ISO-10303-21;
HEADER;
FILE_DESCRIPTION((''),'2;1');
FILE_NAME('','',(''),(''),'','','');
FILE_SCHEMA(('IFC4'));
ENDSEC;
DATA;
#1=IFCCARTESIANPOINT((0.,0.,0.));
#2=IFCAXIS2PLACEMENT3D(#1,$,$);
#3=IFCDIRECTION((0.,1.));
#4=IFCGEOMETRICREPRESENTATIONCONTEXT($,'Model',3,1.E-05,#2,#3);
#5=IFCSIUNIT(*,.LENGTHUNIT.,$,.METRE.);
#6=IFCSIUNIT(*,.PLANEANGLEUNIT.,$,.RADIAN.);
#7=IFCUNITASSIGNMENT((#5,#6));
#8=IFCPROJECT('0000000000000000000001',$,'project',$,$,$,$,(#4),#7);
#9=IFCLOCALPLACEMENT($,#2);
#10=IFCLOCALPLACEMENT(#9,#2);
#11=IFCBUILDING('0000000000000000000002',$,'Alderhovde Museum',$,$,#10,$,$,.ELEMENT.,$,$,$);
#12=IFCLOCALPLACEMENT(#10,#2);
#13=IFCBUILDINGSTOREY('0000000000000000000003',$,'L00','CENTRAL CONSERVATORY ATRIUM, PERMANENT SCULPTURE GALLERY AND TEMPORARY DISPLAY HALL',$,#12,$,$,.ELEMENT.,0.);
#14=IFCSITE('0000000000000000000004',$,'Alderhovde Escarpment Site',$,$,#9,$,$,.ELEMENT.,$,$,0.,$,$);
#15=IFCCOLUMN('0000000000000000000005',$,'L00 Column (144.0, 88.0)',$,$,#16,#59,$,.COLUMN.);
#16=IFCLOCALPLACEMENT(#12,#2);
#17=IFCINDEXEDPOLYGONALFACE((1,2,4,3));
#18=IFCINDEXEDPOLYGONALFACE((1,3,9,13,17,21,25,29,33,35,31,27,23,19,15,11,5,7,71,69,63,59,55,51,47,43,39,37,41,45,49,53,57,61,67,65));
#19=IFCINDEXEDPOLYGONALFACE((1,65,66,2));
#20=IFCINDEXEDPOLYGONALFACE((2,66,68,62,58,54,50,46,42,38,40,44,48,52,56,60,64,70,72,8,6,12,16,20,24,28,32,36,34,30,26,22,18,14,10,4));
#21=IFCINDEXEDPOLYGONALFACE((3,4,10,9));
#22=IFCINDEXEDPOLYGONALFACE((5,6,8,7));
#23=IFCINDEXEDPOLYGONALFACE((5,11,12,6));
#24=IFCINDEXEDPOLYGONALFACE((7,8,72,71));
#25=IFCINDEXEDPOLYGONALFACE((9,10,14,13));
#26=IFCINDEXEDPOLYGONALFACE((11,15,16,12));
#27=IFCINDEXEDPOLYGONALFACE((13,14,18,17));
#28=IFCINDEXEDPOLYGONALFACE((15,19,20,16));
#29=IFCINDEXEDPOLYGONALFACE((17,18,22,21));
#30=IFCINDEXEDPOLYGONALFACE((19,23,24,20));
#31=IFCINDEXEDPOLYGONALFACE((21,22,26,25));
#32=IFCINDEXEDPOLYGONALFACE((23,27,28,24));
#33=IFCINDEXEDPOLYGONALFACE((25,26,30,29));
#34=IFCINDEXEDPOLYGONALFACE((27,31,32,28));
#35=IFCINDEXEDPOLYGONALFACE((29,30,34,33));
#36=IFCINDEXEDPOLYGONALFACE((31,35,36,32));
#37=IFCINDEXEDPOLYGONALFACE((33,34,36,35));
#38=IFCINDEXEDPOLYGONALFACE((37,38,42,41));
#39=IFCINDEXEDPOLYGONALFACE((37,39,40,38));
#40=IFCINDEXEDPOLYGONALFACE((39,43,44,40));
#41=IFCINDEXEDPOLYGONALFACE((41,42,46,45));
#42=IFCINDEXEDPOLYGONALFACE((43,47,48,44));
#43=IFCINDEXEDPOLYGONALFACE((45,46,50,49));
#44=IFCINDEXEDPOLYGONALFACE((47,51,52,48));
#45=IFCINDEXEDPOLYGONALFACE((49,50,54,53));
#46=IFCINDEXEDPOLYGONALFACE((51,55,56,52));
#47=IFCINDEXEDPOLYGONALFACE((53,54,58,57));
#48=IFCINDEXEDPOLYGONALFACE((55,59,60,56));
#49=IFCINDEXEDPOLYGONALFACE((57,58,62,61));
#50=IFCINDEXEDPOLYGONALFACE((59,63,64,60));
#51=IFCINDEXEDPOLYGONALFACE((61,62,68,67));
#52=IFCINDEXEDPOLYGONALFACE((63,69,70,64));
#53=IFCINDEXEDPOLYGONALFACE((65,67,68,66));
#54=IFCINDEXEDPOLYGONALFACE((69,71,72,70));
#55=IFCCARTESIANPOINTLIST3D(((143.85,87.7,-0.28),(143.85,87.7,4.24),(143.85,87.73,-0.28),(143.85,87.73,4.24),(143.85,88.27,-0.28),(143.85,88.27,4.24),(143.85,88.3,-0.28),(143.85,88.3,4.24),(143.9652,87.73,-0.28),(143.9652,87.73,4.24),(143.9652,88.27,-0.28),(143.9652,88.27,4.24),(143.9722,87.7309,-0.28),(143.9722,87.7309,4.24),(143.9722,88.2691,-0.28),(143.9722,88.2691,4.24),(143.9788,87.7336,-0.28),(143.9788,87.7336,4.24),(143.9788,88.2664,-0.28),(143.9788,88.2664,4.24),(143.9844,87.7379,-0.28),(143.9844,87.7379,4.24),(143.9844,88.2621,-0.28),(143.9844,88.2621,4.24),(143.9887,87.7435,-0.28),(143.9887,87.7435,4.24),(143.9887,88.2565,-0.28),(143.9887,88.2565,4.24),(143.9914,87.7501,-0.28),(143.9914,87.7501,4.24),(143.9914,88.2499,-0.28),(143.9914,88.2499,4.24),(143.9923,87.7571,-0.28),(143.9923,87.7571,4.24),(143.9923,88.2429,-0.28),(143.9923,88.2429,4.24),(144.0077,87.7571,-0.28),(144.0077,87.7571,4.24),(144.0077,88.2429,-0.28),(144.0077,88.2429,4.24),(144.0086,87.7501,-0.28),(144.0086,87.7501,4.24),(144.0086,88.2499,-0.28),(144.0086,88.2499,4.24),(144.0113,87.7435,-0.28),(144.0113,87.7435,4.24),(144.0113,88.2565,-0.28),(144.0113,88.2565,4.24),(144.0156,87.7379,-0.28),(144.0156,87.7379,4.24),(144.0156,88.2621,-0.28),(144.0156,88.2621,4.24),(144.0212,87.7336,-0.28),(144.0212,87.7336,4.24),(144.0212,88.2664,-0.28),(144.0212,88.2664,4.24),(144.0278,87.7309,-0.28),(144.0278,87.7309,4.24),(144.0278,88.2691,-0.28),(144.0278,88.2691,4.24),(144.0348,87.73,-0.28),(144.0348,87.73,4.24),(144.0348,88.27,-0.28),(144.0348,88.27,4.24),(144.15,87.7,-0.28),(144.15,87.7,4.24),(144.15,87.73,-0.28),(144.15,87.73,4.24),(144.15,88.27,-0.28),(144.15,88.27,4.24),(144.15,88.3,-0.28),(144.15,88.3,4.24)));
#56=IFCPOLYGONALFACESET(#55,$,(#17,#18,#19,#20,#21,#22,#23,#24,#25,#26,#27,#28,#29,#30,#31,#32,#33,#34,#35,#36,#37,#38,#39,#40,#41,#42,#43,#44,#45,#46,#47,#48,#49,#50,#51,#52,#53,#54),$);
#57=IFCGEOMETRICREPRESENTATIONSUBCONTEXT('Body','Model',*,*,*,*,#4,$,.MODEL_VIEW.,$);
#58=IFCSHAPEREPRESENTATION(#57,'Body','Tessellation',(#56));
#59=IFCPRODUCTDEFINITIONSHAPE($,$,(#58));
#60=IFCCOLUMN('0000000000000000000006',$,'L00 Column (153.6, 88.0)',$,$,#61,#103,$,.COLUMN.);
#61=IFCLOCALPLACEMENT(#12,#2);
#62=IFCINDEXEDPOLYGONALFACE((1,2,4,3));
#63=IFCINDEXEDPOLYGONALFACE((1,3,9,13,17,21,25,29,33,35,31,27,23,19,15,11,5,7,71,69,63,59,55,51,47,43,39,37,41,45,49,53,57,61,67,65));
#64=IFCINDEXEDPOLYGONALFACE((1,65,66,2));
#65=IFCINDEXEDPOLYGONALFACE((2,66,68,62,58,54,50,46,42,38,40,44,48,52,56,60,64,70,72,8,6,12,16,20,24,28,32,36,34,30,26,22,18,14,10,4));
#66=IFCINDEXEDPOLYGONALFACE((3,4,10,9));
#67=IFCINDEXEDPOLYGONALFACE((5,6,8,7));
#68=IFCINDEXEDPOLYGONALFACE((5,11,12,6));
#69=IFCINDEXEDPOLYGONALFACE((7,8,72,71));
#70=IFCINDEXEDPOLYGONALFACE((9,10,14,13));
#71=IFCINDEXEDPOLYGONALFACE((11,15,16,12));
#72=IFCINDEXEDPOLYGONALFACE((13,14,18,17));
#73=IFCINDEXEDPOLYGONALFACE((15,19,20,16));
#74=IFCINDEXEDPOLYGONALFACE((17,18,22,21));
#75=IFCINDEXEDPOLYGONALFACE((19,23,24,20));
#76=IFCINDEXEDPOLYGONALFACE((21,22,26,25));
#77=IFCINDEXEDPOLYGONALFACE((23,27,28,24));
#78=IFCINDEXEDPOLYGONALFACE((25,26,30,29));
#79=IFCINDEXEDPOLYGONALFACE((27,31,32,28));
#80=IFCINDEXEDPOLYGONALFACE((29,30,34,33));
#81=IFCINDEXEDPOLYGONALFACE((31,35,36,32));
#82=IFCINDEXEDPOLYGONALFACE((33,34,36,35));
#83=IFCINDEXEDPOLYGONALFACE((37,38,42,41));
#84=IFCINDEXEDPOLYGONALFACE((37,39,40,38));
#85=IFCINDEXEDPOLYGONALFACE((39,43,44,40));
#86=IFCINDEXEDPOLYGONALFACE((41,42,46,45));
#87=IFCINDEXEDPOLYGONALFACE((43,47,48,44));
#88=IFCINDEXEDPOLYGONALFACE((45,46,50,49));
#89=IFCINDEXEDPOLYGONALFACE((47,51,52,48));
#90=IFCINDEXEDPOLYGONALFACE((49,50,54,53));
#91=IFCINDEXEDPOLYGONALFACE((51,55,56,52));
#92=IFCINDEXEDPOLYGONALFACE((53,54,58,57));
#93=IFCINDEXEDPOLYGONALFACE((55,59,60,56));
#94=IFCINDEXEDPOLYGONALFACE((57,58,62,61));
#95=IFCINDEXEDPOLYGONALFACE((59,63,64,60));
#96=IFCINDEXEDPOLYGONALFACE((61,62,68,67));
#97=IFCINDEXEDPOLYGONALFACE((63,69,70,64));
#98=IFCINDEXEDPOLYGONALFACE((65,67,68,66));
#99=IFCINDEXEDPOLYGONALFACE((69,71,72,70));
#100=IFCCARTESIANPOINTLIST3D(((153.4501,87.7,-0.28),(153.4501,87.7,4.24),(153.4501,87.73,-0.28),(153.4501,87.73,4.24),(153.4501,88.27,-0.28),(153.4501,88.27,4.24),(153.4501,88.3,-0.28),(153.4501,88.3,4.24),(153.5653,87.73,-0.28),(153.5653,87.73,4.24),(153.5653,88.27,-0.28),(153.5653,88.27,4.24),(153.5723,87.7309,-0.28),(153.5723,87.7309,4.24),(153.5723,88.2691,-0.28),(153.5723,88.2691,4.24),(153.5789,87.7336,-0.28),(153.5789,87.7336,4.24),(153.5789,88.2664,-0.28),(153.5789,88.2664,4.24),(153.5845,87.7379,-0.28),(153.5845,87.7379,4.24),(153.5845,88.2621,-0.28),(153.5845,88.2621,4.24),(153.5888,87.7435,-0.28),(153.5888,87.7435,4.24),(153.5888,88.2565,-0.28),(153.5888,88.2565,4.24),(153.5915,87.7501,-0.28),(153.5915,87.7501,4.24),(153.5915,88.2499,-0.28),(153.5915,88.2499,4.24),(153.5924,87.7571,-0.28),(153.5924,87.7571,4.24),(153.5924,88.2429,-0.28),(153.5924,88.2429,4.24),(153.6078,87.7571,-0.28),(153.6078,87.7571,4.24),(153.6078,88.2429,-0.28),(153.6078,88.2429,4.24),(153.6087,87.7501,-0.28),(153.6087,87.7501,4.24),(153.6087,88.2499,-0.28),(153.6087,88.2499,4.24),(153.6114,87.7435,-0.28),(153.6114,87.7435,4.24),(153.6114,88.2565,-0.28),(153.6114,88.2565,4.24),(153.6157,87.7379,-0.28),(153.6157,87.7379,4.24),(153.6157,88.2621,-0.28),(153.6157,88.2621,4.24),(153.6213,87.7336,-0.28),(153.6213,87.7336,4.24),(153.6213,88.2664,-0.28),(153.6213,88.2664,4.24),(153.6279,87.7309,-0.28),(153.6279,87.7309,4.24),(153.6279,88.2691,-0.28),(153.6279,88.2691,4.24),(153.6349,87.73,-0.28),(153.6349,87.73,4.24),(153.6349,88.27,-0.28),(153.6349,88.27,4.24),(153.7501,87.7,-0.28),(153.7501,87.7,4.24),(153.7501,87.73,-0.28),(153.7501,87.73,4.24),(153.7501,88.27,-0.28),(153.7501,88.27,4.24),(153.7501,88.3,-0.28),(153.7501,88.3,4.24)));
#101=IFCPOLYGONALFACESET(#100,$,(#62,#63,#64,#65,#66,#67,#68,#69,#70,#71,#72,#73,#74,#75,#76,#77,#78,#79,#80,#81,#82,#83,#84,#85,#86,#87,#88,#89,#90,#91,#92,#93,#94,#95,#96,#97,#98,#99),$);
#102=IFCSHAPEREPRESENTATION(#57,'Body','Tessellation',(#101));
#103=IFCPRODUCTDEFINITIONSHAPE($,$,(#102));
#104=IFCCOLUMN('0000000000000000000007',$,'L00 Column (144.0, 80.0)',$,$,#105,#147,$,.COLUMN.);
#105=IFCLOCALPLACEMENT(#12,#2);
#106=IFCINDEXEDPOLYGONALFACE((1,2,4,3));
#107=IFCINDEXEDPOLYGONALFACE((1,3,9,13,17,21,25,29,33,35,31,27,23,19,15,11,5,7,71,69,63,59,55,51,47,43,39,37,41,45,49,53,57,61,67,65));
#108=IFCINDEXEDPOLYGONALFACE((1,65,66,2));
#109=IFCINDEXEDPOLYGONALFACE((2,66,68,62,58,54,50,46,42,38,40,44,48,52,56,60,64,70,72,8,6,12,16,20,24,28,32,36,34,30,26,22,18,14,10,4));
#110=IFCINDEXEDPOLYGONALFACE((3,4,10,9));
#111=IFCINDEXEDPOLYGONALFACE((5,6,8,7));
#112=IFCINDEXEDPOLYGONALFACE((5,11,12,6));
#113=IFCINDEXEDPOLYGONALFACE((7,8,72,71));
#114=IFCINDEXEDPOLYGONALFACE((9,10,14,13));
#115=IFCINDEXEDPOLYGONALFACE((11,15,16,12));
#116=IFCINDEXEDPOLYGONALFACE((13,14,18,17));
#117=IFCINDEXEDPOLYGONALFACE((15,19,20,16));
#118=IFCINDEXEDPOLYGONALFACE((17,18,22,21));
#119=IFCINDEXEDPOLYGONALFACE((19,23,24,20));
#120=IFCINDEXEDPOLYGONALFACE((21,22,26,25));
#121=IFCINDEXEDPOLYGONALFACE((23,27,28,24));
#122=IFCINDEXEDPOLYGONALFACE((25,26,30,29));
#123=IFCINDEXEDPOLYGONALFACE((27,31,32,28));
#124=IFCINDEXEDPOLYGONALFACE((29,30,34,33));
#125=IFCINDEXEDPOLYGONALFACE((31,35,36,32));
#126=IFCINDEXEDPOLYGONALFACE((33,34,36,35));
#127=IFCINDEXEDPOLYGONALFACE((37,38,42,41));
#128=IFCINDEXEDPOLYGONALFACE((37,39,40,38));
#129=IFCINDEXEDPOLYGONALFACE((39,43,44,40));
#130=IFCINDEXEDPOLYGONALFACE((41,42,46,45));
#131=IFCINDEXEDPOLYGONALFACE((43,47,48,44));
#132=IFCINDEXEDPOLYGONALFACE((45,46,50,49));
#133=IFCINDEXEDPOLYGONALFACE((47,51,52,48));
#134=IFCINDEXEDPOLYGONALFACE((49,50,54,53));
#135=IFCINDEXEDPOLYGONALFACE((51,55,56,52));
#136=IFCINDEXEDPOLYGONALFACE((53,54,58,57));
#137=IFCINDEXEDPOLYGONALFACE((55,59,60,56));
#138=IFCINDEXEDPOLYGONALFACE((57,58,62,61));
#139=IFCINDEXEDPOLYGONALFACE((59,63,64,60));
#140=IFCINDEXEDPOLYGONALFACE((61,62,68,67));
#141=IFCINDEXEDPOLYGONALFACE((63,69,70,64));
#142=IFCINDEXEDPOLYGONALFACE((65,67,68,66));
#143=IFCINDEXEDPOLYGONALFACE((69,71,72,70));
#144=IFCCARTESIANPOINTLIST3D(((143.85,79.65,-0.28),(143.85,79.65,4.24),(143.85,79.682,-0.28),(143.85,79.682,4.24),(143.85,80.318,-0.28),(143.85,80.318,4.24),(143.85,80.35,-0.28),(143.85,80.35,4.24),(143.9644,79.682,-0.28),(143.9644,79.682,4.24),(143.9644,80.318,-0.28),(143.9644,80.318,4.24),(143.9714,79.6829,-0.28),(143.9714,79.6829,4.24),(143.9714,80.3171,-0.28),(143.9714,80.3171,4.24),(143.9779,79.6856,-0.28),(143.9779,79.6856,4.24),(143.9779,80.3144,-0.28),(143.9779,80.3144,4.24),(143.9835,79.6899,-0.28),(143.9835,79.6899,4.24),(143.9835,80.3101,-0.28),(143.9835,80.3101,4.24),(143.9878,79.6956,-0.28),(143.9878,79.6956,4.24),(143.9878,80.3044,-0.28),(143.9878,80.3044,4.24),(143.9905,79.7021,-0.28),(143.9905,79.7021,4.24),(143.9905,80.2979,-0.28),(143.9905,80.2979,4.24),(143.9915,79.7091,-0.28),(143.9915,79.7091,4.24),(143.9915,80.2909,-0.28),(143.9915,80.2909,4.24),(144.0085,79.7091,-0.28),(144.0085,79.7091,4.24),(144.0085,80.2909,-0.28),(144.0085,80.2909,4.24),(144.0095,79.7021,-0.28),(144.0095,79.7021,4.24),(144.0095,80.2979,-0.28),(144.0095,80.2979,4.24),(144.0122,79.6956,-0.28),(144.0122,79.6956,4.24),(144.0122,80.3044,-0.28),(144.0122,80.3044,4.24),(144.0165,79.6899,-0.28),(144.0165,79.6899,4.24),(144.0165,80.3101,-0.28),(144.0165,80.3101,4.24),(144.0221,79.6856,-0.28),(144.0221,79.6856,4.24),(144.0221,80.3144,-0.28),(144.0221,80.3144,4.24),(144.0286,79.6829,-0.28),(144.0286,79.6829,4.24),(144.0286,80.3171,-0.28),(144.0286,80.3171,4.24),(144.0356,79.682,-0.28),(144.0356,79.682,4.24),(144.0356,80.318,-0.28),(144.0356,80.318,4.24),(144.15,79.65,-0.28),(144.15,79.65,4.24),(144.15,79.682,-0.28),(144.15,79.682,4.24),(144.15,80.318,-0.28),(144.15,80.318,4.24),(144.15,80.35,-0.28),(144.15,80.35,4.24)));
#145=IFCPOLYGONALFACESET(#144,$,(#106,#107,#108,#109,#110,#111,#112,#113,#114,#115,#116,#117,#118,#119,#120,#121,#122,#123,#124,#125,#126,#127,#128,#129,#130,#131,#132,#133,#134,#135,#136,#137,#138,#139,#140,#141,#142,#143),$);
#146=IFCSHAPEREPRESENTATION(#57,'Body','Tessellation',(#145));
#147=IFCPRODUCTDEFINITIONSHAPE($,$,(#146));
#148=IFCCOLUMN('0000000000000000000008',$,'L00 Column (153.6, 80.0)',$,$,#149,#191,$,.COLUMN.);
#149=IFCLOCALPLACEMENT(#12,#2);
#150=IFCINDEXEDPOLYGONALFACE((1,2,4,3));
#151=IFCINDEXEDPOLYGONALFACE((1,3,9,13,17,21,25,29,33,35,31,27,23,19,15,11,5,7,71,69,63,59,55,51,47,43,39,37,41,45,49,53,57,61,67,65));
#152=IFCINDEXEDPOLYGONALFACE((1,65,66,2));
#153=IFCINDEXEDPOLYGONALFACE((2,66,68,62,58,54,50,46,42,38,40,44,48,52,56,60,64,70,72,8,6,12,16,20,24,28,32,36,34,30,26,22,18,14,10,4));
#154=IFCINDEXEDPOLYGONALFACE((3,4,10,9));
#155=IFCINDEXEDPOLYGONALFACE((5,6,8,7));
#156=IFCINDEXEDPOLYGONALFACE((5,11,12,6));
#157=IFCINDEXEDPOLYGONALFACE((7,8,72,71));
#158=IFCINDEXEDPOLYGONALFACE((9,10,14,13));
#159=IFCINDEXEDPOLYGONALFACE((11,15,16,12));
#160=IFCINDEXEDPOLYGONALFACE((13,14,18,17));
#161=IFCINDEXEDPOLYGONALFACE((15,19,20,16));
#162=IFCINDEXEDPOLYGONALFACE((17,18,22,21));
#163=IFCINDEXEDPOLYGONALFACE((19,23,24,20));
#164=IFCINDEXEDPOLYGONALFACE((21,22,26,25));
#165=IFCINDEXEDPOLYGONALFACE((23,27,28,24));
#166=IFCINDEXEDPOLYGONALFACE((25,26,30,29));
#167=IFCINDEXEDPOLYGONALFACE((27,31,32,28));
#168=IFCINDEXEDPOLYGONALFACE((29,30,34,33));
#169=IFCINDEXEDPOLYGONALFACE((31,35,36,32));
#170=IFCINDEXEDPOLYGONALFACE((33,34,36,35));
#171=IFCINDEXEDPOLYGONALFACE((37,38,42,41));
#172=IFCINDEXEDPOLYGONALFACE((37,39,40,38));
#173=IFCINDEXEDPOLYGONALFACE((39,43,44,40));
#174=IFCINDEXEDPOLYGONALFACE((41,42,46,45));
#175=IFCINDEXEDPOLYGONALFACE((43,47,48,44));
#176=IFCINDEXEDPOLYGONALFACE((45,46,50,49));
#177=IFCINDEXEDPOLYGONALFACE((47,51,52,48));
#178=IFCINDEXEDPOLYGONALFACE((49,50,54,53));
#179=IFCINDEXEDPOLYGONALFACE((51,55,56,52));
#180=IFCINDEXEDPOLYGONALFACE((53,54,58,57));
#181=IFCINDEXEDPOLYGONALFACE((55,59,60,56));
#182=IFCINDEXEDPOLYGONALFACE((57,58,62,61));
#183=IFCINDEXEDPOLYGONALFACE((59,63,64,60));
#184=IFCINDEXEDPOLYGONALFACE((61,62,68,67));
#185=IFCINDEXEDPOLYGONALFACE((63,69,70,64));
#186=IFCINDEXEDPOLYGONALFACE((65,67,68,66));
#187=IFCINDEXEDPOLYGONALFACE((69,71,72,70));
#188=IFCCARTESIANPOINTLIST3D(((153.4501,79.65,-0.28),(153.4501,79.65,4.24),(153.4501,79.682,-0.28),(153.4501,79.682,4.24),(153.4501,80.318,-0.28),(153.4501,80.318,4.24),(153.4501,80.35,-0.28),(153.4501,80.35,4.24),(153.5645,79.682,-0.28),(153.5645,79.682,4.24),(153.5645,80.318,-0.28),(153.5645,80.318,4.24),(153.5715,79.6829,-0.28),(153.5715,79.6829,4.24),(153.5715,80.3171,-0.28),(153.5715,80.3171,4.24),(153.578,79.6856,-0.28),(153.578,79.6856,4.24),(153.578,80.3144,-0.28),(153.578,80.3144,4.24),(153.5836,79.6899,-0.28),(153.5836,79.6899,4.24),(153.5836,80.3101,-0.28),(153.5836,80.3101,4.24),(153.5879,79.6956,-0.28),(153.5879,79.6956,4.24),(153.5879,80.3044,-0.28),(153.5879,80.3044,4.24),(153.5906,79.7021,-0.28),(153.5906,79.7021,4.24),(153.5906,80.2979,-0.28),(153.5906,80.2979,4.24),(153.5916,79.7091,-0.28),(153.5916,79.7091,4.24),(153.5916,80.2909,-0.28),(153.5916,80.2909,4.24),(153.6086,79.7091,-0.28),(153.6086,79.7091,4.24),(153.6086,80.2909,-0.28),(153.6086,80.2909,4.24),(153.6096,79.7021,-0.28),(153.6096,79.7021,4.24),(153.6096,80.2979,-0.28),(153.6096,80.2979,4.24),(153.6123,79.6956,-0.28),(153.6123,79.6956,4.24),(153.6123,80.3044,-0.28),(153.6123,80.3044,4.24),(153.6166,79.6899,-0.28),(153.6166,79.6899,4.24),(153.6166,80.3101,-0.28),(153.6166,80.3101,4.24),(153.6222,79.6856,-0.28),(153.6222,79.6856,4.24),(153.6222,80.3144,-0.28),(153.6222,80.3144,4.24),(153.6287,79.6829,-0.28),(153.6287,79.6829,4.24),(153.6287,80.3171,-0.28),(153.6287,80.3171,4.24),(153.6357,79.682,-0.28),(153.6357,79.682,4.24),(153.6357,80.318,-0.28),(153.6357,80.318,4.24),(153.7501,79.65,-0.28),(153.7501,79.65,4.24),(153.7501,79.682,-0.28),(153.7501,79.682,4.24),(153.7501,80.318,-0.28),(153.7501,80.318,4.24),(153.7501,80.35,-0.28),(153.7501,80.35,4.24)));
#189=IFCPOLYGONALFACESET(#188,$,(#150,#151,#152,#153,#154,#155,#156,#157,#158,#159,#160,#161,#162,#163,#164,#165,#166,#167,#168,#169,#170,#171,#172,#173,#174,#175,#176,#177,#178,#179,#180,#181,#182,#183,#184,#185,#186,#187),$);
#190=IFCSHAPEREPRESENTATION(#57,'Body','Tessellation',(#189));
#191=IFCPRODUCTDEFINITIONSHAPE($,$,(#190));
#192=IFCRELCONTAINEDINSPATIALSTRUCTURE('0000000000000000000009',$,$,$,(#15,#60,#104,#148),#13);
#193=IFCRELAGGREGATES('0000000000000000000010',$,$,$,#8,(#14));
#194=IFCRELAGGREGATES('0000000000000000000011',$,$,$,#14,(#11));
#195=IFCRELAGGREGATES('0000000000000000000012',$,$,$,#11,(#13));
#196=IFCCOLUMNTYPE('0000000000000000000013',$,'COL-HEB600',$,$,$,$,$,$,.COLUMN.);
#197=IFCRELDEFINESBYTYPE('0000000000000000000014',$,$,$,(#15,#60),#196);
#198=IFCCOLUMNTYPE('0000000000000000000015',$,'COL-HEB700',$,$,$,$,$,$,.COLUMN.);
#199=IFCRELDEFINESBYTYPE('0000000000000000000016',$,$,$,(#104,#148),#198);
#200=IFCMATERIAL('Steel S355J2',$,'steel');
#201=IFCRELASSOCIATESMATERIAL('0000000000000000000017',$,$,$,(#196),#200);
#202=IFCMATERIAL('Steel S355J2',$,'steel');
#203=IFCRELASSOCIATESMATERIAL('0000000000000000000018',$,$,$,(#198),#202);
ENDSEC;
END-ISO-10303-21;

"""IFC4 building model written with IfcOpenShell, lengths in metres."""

from ifc_helpers import new_model, si_unit, direction, frame, origin, origin_2d, place, context, subcontext, project, spatial, i_section, extrude, material, material_profile, profile_set, type_object, element, save


model = new_model("IFC4")

# Units and contexts
model_context = context("Model", 3, precision=1e-05, world=origin(), true_north=direction((0.0, 1.0)))
body_context = subcontext(model_context, "Body", "Model", "MODEL_VIEW")
ifc_project = project(units=[si_unit("LENGTHUNIT", "METRE"), si_unit("PLANEANGLEUNIT", "RADIAN")], contexts=[model_context])

# Site, building, storey
site_placement = place(None, origin())
site = spatial("IfcSite", under=ifc_project, at=site_placement, Name="Alderhovde Escarpment Site", CompositionType="ELEMENT", RefElevation=0.0)
building_placement = place(site_placement, origin())
building = spatial("IfcBuilding", under=site, at=building_placement, Name="Alderhovde Museum", CompositionType="ELEMENT")
storey_placement = place(building_placement, origin())
storey = spatial("IfcBuildingStorey", under=building, at=storey_placement, Name="L00", Description="CENTRAL CONSERVATORY ATRIUM, PERMANENT SCULPTURE GALLERY AND TEMPORARY DISPLAY HALL", CompositionType="ELEMENT", Elevation=0.0)

# Columns
ifc_material_1 = material(Name="Steel S355J2", Category="steel")
ifc_material_profile_1 = material_profile(ifc_material_1, i_section(OverallWidth=0.3, OverallDepth=0.6001, WebThickness=0.0154, FlangeThickness=0.03, FilletRadius=0.0271, at=origin_2d()), Name="HEB 600")
ifc_profile_set_1 = profile_set([ifc_material_profile_1], Name="Steel S355J2")
column_type_1 = type_object("IfcColumnType", Name="COL-HEB600", PredefinedType="COLUMN", material=ifc_profile_set_1)
for number, where, z_axis, x_axis, name in (
    (1, (144.0, 88.0, -0.28), (0.0, 0.0, 1.0), (1.0, 0.0, 0.0), "L00 Column (144.0, 88.0)"),
    (2, (153.6001, 88.0, -0.28), (0.0, 0.0, 1.0), (1.0, 0.0, 0.0), "L00 Column (153.6, 88.0)"),
):
    element("IfcColumn", number, at=place(storey_placement, frame(where, z_axis=z_axis, x_axis=x_axis)), inside=storey, type_object=column_type_1, Name=name, PredefinedType="COLUMN", context=body_context, shape_type="SweptSolid", body=[
        extrude(i_section(OverallWidth=0.3, OverallDepth=0.6001, WebThickness=0.0154, FlangeThickness=0.03, FilletRadius=0.0271, at=origin_2d()), origin(), (0.0, 0.0, 1.0), 4.52),
    ])
ifc_material_2 = material(Name="Steel S355J2", Category="steel")
ifc_material_profile_2 = material_profile(ifc_material_2, i_section(OverallWidth=0.3, OverallDepth=0.7, WebThickness=0.0171, FlangeThickness=0.032, FilletRadius=0.0271, at=origin_2d()), Name="HEB 700")
ifc_profile_set_2 = profile_set([ifc_material_profile_2], Name="Steel S355J2")
column_type_2 = type_object("IfcColumnType", Name="COL-HEB700", PredefinedType="COLUMN", material=ifc_profile_set_2)
for number, where, z_axis, x_axis, name in (
    (3, (144.0, 80.0, -0.28), (0.0, 0.0, 1.0), (1.0, 0.0, 0.0), "L00 Column (144.0, 80.0)"),
    (4, (153.6001, 80.0, -0.28), (0.0, 0.0, 1.0), (1.0, 0.0, 0.0), "L00 Column (153.6, 80.0)"),
):
    element("IfcColumn", number, at=place(storey_placement, frame(where, z_axis=z_axis, x_axis=x_axis)), inside=storey, type_object=column_type_2, Name=name, PredefinedType="COLUMN", context=body_context, shape_type="SweptSolid", body=[
        extrude(i_section(OverallWidth=0.3, OverallDepth=0.7, WebThickness=0.0171, FlangeThickness=0.032, FilletRadius=0.0271, at=origin_2d()), origin(), (0.0, 0.0, 1.0), 4.52),
    ])

save(model, "model.ifc")
